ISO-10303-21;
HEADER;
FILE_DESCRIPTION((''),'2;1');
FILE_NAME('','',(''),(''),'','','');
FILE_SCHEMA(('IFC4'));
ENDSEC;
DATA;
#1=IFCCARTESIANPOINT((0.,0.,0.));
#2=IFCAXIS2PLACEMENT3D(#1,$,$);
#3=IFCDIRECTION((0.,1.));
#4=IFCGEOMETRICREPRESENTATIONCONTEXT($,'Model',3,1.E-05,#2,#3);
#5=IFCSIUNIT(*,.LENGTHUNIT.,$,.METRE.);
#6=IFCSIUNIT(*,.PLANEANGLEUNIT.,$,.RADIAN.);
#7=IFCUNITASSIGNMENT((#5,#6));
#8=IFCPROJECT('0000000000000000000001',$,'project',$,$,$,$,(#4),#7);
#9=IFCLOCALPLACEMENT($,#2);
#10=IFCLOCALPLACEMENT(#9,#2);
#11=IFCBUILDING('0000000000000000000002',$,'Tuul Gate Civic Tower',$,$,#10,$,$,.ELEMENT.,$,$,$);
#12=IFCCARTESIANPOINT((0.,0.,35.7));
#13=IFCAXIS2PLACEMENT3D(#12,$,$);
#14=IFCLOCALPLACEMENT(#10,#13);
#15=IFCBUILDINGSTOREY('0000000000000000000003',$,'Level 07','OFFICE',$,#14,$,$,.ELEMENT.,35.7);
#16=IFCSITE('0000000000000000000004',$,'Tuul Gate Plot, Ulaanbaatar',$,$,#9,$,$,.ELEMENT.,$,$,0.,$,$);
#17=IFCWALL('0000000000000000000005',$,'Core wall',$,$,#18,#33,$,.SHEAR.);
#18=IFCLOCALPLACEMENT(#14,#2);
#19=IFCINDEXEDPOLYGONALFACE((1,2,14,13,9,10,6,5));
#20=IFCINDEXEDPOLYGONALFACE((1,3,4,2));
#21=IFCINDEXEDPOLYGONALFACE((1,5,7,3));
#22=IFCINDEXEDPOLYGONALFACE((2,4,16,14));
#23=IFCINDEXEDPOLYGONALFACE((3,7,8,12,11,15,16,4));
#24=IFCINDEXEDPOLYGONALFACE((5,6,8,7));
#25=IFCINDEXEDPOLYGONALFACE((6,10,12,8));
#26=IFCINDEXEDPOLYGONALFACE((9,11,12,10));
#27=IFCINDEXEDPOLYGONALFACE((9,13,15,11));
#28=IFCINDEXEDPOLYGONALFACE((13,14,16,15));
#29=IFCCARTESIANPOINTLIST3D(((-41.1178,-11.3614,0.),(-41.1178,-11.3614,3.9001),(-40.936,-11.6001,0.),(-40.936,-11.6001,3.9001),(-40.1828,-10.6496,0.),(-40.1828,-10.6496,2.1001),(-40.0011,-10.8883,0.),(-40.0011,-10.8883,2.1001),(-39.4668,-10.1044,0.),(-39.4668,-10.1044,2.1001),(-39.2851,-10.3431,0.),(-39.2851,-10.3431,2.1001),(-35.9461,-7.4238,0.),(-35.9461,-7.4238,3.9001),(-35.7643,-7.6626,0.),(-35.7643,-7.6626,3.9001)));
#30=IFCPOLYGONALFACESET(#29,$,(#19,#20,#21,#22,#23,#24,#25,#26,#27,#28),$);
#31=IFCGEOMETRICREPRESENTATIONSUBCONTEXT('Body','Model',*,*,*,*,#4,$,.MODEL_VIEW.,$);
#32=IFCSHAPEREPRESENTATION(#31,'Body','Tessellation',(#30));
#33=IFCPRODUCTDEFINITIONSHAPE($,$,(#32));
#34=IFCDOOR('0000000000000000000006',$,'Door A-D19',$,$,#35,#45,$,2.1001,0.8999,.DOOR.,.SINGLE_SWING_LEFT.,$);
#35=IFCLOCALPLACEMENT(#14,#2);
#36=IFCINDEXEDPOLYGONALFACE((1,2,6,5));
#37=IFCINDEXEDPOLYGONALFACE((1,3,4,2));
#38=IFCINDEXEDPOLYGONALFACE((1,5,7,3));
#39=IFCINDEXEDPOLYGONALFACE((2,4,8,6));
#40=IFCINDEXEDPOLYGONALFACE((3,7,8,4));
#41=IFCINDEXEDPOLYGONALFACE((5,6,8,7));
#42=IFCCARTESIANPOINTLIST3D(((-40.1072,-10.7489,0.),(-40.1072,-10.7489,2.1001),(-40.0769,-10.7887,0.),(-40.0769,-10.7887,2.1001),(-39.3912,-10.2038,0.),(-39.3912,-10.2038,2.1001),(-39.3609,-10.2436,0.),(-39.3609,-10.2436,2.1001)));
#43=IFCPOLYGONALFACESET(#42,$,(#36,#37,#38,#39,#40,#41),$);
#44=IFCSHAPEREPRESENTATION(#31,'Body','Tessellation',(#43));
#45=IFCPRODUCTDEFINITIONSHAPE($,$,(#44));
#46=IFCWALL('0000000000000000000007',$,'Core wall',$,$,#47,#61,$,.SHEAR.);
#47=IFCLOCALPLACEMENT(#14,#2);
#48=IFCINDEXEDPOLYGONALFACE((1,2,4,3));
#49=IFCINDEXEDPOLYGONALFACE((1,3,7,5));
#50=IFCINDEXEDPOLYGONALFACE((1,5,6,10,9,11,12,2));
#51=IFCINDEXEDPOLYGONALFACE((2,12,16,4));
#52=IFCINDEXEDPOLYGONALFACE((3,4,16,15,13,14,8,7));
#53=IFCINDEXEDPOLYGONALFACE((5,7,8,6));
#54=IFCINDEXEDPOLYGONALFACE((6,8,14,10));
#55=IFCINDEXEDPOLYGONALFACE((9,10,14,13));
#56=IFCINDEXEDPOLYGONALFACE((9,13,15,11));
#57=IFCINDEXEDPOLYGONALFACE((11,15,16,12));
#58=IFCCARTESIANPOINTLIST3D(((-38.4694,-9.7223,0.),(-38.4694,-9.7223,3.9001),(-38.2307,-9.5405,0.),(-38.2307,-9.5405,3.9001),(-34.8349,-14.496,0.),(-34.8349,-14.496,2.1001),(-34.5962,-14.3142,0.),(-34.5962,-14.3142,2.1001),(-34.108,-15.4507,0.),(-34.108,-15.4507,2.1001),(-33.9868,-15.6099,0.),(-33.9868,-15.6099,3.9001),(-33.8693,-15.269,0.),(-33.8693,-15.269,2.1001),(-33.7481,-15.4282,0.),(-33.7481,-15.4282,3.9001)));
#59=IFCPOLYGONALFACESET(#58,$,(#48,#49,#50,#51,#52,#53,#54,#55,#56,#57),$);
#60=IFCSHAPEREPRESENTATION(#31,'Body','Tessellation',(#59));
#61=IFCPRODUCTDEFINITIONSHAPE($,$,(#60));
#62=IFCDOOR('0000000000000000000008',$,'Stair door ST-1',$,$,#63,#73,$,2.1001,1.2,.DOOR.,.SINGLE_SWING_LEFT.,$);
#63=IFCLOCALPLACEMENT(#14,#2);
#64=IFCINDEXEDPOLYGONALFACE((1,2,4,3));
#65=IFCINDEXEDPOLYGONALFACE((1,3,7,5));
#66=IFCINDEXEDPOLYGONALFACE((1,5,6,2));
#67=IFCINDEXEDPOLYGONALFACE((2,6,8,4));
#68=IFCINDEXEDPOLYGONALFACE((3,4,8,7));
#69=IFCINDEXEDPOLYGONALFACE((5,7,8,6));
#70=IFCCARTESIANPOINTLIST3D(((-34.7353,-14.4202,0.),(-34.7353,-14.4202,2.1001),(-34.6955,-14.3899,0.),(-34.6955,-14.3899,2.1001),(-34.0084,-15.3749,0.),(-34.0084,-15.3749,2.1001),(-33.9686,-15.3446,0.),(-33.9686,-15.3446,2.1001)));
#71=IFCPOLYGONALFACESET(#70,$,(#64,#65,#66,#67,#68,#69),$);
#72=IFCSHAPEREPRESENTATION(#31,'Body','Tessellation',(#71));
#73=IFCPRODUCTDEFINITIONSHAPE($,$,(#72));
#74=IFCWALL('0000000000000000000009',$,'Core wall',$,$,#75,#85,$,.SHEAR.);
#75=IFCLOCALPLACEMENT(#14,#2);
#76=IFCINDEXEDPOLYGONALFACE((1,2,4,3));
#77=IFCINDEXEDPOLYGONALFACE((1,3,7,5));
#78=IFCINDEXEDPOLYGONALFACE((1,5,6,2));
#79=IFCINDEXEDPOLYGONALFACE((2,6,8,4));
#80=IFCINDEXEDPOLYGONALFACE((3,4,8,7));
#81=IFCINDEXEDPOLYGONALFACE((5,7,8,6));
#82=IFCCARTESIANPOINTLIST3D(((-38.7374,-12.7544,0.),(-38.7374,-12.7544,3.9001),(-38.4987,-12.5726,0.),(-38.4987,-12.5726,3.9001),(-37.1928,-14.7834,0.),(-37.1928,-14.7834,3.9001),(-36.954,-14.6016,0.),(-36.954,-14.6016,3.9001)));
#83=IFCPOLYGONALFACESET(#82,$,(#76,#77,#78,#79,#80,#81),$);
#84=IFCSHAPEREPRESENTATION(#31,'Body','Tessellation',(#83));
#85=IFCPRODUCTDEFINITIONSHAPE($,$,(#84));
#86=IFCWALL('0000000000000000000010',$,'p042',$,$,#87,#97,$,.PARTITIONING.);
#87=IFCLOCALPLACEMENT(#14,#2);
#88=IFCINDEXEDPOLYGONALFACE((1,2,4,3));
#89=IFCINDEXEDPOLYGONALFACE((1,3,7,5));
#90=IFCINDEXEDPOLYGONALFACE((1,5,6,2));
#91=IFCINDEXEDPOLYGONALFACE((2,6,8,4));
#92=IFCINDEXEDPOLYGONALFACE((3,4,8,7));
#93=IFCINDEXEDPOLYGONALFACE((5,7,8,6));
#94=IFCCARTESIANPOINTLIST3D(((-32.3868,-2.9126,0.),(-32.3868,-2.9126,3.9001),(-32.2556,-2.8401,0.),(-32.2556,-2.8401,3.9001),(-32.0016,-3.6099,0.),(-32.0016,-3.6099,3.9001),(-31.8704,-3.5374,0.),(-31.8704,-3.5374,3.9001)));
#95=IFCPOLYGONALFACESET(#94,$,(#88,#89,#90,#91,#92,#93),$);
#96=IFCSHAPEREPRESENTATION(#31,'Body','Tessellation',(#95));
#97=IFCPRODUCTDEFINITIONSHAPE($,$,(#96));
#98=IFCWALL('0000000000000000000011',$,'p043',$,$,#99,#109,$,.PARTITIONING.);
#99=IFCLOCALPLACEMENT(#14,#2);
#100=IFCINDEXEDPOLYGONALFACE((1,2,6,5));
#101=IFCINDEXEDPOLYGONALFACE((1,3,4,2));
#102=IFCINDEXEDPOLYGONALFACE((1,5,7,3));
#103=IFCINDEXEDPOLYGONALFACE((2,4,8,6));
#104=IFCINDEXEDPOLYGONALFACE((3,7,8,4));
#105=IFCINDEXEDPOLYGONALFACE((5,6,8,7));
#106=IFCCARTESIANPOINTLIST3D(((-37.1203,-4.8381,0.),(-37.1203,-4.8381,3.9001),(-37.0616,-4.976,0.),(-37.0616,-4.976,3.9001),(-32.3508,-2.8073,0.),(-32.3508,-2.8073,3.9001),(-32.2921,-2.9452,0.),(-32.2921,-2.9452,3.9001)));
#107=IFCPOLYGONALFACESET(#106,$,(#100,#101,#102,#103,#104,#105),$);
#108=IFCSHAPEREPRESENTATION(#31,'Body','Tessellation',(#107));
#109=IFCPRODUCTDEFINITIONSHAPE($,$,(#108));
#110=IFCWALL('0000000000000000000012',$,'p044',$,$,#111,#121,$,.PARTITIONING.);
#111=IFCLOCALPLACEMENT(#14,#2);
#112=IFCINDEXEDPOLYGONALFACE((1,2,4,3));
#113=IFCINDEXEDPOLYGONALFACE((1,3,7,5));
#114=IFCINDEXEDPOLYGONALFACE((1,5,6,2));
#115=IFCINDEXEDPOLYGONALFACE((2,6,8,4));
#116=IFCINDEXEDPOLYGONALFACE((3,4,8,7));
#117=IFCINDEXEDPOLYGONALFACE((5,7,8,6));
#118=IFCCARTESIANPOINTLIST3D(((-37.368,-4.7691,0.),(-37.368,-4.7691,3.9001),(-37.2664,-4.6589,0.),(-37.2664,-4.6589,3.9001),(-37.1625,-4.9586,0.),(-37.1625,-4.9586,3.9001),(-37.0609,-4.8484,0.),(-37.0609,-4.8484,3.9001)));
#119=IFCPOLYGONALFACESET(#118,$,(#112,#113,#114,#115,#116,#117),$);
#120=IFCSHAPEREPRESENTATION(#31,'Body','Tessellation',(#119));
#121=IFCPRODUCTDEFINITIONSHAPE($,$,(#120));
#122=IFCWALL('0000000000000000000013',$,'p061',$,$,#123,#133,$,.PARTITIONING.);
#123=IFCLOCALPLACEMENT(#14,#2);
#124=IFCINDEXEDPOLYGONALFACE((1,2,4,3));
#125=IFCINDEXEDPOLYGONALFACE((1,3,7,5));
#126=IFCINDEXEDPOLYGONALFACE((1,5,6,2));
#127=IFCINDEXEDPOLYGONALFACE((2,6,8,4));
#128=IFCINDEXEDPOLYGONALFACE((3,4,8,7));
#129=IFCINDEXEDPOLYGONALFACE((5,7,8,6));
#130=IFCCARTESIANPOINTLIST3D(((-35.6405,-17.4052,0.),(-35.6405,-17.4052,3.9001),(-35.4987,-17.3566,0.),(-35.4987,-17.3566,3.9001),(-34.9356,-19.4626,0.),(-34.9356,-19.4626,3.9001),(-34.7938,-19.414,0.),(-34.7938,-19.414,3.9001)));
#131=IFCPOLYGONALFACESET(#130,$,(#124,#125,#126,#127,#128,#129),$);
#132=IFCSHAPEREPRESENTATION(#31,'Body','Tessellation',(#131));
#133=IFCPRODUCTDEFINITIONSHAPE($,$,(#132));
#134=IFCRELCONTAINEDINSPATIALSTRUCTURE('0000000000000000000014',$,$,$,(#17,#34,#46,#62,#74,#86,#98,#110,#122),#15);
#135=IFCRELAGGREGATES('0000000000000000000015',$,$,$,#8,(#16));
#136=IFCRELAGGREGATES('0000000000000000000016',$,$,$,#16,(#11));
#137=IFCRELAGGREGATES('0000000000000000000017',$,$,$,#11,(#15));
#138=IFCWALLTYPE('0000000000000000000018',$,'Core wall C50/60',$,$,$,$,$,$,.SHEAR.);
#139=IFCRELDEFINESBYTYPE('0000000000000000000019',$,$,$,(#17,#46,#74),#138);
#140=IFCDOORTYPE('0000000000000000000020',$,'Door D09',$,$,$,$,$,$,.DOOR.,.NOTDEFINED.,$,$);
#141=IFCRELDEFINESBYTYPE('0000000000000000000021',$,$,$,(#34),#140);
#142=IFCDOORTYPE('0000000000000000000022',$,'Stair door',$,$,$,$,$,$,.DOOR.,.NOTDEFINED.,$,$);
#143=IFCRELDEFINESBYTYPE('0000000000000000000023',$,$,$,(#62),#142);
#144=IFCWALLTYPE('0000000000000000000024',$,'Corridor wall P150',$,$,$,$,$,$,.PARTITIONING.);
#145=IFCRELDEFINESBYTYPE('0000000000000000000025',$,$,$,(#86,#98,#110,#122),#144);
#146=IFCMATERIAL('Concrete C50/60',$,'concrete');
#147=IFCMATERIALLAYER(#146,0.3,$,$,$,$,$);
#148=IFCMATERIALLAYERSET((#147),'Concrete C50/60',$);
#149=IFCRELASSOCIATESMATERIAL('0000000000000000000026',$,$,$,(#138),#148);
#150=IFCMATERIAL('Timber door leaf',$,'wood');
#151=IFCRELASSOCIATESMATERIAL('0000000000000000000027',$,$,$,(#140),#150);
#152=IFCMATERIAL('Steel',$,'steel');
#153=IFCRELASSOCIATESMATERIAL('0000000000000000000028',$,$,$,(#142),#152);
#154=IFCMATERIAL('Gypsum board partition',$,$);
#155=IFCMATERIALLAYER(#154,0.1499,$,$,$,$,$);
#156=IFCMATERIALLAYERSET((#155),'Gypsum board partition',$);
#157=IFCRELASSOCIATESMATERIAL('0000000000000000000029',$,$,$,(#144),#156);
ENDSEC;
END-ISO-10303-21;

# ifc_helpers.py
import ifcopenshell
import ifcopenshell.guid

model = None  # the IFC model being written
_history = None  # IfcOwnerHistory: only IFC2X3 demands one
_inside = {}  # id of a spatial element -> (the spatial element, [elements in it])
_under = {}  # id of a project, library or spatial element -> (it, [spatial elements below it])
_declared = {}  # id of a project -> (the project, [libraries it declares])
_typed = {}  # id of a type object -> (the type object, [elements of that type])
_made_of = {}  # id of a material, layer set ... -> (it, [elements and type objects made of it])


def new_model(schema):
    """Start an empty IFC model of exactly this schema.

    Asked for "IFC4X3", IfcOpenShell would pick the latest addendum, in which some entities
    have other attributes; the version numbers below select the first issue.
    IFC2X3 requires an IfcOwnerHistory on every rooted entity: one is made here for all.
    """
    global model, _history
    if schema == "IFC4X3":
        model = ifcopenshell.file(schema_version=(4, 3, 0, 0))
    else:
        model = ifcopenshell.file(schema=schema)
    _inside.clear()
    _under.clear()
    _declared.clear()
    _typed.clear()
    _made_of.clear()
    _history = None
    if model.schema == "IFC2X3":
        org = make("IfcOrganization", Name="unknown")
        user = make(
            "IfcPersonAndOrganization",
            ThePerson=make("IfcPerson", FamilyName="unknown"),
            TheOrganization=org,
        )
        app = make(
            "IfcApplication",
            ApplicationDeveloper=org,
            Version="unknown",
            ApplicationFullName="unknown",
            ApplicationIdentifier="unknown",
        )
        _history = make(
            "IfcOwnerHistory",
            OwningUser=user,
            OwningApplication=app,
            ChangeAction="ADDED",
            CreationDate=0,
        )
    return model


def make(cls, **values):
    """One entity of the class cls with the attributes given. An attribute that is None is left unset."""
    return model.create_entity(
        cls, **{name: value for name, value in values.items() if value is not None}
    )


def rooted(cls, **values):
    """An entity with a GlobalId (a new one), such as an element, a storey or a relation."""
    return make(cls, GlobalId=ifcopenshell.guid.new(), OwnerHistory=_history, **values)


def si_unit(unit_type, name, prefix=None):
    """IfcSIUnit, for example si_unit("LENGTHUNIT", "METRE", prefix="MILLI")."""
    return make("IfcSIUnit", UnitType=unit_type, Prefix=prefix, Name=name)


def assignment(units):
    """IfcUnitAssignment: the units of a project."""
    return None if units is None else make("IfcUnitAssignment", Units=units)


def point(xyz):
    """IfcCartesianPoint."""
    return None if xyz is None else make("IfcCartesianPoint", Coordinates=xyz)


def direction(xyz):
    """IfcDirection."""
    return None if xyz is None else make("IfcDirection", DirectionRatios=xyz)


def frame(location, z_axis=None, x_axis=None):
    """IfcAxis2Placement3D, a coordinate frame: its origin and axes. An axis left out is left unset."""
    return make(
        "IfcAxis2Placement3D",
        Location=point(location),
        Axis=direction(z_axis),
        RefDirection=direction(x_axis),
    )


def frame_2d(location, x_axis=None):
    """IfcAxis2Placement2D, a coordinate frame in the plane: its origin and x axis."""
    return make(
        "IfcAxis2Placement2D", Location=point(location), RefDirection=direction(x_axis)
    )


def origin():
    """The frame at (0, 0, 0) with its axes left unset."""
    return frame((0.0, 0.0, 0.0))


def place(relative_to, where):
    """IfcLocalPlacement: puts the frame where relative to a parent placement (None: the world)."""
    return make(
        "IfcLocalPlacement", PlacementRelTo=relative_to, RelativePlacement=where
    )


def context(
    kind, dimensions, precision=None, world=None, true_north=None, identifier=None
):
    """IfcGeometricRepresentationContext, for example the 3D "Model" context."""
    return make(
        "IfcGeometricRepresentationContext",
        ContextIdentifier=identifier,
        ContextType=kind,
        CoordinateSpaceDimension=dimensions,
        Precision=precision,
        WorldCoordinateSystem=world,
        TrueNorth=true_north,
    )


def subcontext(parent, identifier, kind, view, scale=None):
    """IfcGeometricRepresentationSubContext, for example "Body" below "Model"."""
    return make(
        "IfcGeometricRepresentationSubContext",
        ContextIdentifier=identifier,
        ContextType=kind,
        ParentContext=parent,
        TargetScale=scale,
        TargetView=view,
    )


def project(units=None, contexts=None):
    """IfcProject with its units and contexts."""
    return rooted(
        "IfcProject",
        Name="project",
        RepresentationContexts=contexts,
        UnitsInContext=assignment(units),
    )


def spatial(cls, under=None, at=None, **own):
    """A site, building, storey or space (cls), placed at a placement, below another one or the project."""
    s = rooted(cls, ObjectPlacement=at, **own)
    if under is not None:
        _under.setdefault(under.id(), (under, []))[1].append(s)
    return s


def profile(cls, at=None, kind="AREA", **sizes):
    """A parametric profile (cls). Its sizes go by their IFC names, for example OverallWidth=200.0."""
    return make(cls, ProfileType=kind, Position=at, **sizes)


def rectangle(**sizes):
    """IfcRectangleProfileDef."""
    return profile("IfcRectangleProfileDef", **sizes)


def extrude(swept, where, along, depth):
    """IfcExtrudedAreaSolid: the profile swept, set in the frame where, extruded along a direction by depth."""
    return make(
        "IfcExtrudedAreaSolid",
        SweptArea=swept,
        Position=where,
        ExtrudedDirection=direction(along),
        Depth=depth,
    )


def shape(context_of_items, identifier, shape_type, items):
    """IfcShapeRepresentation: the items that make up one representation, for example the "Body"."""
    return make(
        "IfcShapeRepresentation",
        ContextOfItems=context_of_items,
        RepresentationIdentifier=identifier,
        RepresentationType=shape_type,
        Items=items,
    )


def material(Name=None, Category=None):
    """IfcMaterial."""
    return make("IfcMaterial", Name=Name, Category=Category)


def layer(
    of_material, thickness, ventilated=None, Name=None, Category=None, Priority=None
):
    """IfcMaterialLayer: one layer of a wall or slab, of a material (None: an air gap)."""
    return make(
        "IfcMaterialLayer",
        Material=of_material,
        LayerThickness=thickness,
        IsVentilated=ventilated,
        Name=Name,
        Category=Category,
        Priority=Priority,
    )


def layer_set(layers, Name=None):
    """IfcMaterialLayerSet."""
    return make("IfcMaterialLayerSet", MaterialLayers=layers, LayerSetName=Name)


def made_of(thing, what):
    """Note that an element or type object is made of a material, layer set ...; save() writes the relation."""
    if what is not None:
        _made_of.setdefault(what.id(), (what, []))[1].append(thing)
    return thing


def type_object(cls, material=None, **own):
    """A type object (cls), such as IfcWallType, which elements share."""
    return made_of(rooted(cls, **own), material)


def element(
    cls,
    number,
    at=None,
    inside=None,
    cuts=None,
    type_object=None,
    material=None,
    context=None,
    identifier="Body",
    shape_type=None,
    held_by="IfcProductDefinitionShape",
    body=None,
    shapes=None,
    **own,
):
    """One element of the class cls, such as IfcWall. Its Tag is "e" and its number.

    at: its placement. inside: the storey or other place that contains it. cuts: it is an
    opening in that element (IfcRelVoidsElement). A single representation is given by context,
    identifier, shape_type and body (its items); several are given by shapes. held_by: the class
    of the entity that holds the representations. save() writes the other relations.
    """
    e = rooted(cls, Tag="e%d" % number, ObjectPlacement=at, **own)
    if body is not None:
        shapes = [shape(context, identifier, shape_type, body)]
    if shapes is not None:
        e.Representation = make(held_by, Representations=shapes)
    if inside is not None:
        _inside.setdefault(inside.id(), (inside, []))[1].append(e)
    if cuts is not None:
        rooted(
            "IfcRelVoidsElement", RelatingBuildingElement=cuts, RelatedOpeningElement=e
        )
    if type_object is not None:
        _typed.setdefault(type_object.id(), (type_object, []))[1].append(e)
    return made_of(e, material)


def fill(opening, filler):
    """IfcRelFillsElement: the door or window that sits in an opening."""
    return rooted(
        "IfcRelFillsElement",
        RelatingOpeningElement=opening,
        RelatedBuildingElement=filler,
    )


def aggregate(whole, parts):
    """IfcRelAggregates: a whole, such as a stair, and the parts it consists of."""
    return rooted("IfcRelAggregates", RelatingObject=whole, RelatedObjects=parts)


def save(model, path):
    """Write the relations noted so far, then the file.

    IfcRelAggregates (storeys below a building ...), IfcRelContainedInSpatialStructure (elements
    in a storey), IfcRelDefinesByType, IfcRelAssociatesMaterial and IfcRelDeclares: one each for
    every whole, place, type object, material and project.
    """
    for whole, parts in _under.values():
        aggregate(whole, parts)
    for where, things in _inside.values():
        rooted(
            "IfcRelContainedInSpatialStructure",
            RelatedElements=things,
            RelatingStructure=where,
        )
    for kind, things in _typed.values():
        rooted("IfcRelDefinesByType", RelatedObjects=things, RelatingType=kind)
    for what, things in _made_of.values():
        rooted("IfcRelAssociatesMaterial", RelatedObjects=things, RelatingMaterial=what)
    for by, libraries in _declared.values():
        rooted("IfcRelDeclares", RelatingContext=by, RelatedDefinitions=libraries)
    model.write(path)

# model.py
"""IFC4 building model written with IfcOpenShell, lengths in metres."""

from ifc_helpers import new_model, si_unit, direction, frame, frame_2d, origin, place, context, subcontext, project, spatial, rectangle, extrude, material, layer, layer_set, type_object, element, fill, save


model = new_model("IFC4")

# Units and contexts
model_context = context("Model", 3, precision=1e-05, world=origin(), true_north=direction((0.0, 1.0)))
body_context = subcontext(model_context, "Body", "Model", "MODEL_VIEW")
ifc_project = project(units=[si_unit("LENGTHUNIT", "METRE"), si_unit("PLANEANGLEUNIT", "RADIAN")], contexts=[model_context])

# Site, building, storey
site_placement = place(None, origin())
site = spatial("IfcSite", under=ifc_project, at=site_placement, Name="Tuul Gate Plot, Ulaanbaatar", CompositionType="ELEMENT", RefElevation=0.0)
building_placement = place(site_placement, origin())
building = spatial("IfcBuilding", under=site, at=building_placement, Name="Tuul Gate Civic Tower", CompositionType="ELEMENT")
storey_placement = place(building_placement, frame((0.0, 0.0, 35.7)))
storey = spatial("IfcBuildingStorey", under=building, at=storey_placement, Name="Level 07", Description="OFFICE", CompositionType="ELEMENT", Elevation=35.7)

# Shared definitions
ifc_material_1 = material(Name="Concrete C50/60", Category="concrete")
ifc_layer_1 = layer(ifc_material_1, 0.3)
ifc_layer_set_1 = layer_set([ifc_layer_1], Name="Concrete C50/60")
wall_type_1 = type_object("IfcWallType", Name="Core wall C50/60", PredefinedType="SHEAR", material=ifc_layer_set_1)

# Walls, openings, doors
wall_1_placement = place(storey_placement, frame((-35.8552, -7.5432, 0.0), z_axis=(0.0, 0.0, 1.0), x_axis=(-0.795639, -0.605772, 0.0)))
wall_1 = element("IfcWall", 1, at=wall_1_placement, inside=storey, type_object=wall_type_1, Name="Core wall", PredefinedType="SHEAR", context=body_context, shape_type="SweptSolid", body=[
    extrude(rectangle(XDim=6.5, YDim=0.3, at=frame_2d((3.25, 0.0))), origin(), (0.0, 0.0, 1.0), 3.9001),
])
opening_1_placement = place(wall_1_placement, frame((4.425, 0.0, 0.0)))
opening_1 = element("IfcOpeningElement", 2, at=opening_1_placement, cuts=wall_1, PredefinedType="OPENING", context=body_context, shape_type="SweptSolid", body=[
    extrude(rectangle(XDim=0.8999, YDim=2.1001, at=frame_2d((0.45, 1.05))), frame((0.0, 0.1602, 0.0), z_axis=(0.0, -1.0, 0.0), x_axis=(1.0, 0.0, 0.0)), (0.0, 0.0, 1.0), 0.3201),
])
ifc_material_2 = material(Name="Timber door leaf", Category="wood")
door_type_1 = type_object("IfcDoorType", Name="Door D09", OperationType="NOTDEFINED", PredefinedType="DOOR", material=ifc_material_2)
door_1_placement = place(opening_1_placement, origin())
door_1 = element("IfcDoor", 3, at=door_1_placement, inside=storey, type_object=door_type_1, Name="Door A-D19", OperationType="SINGLE_SWING_LEFT", OverallHeight=2.1001, OverallWidth=0.8999, PredefinedType="DOOR", context=body_context, shape_type="SweptSolid", body=[
    extrude(rectangle(XDim=0.8999, YDim=2.1001, at=frame_2d((0.45, 1.05))), frame((0.0, 0.0249, 0.0), z_axis=(0.0, -1.0, 0.0), x_axis=(1.0, 0.0, 0.0)), (0.0, 0.0, 1.0), 0.05),
])
fill(opening_1, door_1)
wall_2_placement = place(storey_placement, frame((-33.8674, -15.519, 0.0), z_axis=(0.0, 0.0, 1.0), x_axis=(-0.60577, 0.79564, 0.0)))
wall_2 = element("IfcWall", 4, at=wall_2_placement, inside=storey, type_object=wall_type_1, Name="Core wall", PredefinedType="SHEAR", context=body_context, shape_type="SweptSolid", body=[
    extrude(rectangle(XDim=7.3999, YDim=0.3, at=frame_2d((3.7, 0.0))), origin(), (0.0, 0.0, 1.0), 3.9001),
])
opening_2_placement = place(wall_2_placement, frame((0.2, 0.0, 0.0)))
opening_2 = element("IfcOpeningElement", 5, at=opening_2_placement, cuts=wall_2, PredefinedType="OPENING", context=body_context, shape_type="SweptSolid", body=[
    extrude(rectangle(XDim=1.2, YDim=2.1001, at=frame_2d((0.6001, 1.05))), frame((0.0, 0.1602, 0.0), z_axis=(0.0, -1.0, 0.0), x_axis=(1.0, 0.0, 0.0)), (0.0, 0.0, 1.0), 0.3201),
])
ifc_material_3 = material(Name="Steel", Category="steel")
door_type_2 = type_object("IfcDoorType", Name="Stair door", OperationType="NOTDEFINED", PredefinedType="DOOR", material=ifc_material_3)
door_2_placement = place(opening_2_placement, origin())
door_2 = element("IfcDoor", 6, at=door_2_placement, inside=storey, type_object=door_type_2, Name="Stair door ST-1", OperationType="SINGLE_SWING_LEFT", OverallHeight=2.1001, OverallWidth=1.2, PredefinedType="DOOR", context=body_context, shape_type="SweptSolid", body=[
    extrude(rectangle(XDim=1.2, YDim=2.1001, at=frame_2d((0.6001, 1.05))), frame((0.0, 0.0249, 0.0), z_axis=(0.0, -1.0, 0.0), x_axis=(1.0, 0.0, 0.0)), (0.0, 0.0, 1.0), 0.05),
])
fill(opening_2, door_2)

# Walls
wall_3_placement = place(storey_placement, frame((-37.0735, -14.6924, 0.0), z_axis=(0.0, 0.0, 1.0), x_axis=(-0.605729, 0.795671, 0.0)))
element("IfcWall", 7, at=wall_3_placement, inside=storey, type_object=wall_type_1, Name="Core wall", PredefinedType="SHEAR", context=body_context, shape_type="SweptSolid", body=[
    extrude(rectangle(XDim=2.55, YDim=0.3, at=frame_2d((1.2749, 0.0))), origin(), (0.0, 0.0, 1.0), 3.9001),
])
ifc_material_4 = material(Name="Gypsum board partition")
ifc_layer_2 = layer(ifc_material_4, 0.1499)
ifc_layer_set_2 = layer_set([ifc_layer_2], Name="Gypsum board partition")
wall_type_2 = type_object("IfcWallType", Name="Corridor wall P150", PredefinedType="PARTITIONING", material=ifc_layer_set_2)
wall_4_placement = place(storey_placement, frame((-32.3213, -2.8762, 0.0), z_axis=(0.0, 0.0, 1.0), x_axis=(0.483612, -0.875283, 0.0)))
element("IfcWall", 8, at=wall_4_placement, inside=storey, type_object=wall_type_2, Name="p042", PredefinedType="PARTITIONING", context=body_context, shape_type="SweptSolid", body=[
    extrude(rectangle(XDim=0.7966, YDim=0.1499, at=frame_2d((0.3984, 0.0))), origin(), (0.0, 0.0, 1.0), 3.9001),
])
wall_5_placement = place(storey_placement, frame((-37.0908, -4.907, 0.0), z_axis=(0.0, 0.0, 1.0), x_axis=(0.920073, 0.391747, 0.0)))
element("IfcWall", 9, at=wall_5_placement, inside=storey, type_object=wall_type_2, Name="p043", PredefinedType="PARTITIONING", context=body_context, shape_type="SweptSolid", body=[
    extrude(rectangle(XDim=5.1838, YDim=0.1499, at=frame_2d((2.5918, 0.0))), origin(), (0.0, 0.0, 1.0), 3.9001),
])
wall_6_placement = place(storey_placement, frame((-37.3171, -4.7141, 0.0), z_axis=(0.0, 0.0, 1.0), x_axis=(0.735339, -0.6777, 0.0)))
element("IfcWall", 10, at=wall_6_placement, inside=storey, type_object=wall_type_2, Name="p044", PredefinedType="PARTITIONING", context=body_context, shape_type="SweptSolid", body=[
    extrude(rectangle(XDim=0.2795, YDim=0.1499, at=frame_2d((0.1396, 0.0))), origin(), (0.0, 0.0, 1.0), 3.9001),
])
wall_7_placement = place(storey_placement, frame((-35.5696, -17.3809, 0.0), z_axis=(0.0, 0.0, 1.0), x_axis=(0.324098, -0.946024, 0.0)))
element("IfcWall", 11, at=wall_7_placement, inside=storey, type_object=wall_type_2, Name="p061", PredefinedType="PARTITIONING", context=body_context, shape_type="SweptSolid", body=[
    extrude(rectangle(XDim=2.1748, YDim=0.1499, at=frame_2d((1.0874, 0.0))), origin(), (0.0, 0.0, 1.0), 3.9001),
])

save(model, "model.ifc")
